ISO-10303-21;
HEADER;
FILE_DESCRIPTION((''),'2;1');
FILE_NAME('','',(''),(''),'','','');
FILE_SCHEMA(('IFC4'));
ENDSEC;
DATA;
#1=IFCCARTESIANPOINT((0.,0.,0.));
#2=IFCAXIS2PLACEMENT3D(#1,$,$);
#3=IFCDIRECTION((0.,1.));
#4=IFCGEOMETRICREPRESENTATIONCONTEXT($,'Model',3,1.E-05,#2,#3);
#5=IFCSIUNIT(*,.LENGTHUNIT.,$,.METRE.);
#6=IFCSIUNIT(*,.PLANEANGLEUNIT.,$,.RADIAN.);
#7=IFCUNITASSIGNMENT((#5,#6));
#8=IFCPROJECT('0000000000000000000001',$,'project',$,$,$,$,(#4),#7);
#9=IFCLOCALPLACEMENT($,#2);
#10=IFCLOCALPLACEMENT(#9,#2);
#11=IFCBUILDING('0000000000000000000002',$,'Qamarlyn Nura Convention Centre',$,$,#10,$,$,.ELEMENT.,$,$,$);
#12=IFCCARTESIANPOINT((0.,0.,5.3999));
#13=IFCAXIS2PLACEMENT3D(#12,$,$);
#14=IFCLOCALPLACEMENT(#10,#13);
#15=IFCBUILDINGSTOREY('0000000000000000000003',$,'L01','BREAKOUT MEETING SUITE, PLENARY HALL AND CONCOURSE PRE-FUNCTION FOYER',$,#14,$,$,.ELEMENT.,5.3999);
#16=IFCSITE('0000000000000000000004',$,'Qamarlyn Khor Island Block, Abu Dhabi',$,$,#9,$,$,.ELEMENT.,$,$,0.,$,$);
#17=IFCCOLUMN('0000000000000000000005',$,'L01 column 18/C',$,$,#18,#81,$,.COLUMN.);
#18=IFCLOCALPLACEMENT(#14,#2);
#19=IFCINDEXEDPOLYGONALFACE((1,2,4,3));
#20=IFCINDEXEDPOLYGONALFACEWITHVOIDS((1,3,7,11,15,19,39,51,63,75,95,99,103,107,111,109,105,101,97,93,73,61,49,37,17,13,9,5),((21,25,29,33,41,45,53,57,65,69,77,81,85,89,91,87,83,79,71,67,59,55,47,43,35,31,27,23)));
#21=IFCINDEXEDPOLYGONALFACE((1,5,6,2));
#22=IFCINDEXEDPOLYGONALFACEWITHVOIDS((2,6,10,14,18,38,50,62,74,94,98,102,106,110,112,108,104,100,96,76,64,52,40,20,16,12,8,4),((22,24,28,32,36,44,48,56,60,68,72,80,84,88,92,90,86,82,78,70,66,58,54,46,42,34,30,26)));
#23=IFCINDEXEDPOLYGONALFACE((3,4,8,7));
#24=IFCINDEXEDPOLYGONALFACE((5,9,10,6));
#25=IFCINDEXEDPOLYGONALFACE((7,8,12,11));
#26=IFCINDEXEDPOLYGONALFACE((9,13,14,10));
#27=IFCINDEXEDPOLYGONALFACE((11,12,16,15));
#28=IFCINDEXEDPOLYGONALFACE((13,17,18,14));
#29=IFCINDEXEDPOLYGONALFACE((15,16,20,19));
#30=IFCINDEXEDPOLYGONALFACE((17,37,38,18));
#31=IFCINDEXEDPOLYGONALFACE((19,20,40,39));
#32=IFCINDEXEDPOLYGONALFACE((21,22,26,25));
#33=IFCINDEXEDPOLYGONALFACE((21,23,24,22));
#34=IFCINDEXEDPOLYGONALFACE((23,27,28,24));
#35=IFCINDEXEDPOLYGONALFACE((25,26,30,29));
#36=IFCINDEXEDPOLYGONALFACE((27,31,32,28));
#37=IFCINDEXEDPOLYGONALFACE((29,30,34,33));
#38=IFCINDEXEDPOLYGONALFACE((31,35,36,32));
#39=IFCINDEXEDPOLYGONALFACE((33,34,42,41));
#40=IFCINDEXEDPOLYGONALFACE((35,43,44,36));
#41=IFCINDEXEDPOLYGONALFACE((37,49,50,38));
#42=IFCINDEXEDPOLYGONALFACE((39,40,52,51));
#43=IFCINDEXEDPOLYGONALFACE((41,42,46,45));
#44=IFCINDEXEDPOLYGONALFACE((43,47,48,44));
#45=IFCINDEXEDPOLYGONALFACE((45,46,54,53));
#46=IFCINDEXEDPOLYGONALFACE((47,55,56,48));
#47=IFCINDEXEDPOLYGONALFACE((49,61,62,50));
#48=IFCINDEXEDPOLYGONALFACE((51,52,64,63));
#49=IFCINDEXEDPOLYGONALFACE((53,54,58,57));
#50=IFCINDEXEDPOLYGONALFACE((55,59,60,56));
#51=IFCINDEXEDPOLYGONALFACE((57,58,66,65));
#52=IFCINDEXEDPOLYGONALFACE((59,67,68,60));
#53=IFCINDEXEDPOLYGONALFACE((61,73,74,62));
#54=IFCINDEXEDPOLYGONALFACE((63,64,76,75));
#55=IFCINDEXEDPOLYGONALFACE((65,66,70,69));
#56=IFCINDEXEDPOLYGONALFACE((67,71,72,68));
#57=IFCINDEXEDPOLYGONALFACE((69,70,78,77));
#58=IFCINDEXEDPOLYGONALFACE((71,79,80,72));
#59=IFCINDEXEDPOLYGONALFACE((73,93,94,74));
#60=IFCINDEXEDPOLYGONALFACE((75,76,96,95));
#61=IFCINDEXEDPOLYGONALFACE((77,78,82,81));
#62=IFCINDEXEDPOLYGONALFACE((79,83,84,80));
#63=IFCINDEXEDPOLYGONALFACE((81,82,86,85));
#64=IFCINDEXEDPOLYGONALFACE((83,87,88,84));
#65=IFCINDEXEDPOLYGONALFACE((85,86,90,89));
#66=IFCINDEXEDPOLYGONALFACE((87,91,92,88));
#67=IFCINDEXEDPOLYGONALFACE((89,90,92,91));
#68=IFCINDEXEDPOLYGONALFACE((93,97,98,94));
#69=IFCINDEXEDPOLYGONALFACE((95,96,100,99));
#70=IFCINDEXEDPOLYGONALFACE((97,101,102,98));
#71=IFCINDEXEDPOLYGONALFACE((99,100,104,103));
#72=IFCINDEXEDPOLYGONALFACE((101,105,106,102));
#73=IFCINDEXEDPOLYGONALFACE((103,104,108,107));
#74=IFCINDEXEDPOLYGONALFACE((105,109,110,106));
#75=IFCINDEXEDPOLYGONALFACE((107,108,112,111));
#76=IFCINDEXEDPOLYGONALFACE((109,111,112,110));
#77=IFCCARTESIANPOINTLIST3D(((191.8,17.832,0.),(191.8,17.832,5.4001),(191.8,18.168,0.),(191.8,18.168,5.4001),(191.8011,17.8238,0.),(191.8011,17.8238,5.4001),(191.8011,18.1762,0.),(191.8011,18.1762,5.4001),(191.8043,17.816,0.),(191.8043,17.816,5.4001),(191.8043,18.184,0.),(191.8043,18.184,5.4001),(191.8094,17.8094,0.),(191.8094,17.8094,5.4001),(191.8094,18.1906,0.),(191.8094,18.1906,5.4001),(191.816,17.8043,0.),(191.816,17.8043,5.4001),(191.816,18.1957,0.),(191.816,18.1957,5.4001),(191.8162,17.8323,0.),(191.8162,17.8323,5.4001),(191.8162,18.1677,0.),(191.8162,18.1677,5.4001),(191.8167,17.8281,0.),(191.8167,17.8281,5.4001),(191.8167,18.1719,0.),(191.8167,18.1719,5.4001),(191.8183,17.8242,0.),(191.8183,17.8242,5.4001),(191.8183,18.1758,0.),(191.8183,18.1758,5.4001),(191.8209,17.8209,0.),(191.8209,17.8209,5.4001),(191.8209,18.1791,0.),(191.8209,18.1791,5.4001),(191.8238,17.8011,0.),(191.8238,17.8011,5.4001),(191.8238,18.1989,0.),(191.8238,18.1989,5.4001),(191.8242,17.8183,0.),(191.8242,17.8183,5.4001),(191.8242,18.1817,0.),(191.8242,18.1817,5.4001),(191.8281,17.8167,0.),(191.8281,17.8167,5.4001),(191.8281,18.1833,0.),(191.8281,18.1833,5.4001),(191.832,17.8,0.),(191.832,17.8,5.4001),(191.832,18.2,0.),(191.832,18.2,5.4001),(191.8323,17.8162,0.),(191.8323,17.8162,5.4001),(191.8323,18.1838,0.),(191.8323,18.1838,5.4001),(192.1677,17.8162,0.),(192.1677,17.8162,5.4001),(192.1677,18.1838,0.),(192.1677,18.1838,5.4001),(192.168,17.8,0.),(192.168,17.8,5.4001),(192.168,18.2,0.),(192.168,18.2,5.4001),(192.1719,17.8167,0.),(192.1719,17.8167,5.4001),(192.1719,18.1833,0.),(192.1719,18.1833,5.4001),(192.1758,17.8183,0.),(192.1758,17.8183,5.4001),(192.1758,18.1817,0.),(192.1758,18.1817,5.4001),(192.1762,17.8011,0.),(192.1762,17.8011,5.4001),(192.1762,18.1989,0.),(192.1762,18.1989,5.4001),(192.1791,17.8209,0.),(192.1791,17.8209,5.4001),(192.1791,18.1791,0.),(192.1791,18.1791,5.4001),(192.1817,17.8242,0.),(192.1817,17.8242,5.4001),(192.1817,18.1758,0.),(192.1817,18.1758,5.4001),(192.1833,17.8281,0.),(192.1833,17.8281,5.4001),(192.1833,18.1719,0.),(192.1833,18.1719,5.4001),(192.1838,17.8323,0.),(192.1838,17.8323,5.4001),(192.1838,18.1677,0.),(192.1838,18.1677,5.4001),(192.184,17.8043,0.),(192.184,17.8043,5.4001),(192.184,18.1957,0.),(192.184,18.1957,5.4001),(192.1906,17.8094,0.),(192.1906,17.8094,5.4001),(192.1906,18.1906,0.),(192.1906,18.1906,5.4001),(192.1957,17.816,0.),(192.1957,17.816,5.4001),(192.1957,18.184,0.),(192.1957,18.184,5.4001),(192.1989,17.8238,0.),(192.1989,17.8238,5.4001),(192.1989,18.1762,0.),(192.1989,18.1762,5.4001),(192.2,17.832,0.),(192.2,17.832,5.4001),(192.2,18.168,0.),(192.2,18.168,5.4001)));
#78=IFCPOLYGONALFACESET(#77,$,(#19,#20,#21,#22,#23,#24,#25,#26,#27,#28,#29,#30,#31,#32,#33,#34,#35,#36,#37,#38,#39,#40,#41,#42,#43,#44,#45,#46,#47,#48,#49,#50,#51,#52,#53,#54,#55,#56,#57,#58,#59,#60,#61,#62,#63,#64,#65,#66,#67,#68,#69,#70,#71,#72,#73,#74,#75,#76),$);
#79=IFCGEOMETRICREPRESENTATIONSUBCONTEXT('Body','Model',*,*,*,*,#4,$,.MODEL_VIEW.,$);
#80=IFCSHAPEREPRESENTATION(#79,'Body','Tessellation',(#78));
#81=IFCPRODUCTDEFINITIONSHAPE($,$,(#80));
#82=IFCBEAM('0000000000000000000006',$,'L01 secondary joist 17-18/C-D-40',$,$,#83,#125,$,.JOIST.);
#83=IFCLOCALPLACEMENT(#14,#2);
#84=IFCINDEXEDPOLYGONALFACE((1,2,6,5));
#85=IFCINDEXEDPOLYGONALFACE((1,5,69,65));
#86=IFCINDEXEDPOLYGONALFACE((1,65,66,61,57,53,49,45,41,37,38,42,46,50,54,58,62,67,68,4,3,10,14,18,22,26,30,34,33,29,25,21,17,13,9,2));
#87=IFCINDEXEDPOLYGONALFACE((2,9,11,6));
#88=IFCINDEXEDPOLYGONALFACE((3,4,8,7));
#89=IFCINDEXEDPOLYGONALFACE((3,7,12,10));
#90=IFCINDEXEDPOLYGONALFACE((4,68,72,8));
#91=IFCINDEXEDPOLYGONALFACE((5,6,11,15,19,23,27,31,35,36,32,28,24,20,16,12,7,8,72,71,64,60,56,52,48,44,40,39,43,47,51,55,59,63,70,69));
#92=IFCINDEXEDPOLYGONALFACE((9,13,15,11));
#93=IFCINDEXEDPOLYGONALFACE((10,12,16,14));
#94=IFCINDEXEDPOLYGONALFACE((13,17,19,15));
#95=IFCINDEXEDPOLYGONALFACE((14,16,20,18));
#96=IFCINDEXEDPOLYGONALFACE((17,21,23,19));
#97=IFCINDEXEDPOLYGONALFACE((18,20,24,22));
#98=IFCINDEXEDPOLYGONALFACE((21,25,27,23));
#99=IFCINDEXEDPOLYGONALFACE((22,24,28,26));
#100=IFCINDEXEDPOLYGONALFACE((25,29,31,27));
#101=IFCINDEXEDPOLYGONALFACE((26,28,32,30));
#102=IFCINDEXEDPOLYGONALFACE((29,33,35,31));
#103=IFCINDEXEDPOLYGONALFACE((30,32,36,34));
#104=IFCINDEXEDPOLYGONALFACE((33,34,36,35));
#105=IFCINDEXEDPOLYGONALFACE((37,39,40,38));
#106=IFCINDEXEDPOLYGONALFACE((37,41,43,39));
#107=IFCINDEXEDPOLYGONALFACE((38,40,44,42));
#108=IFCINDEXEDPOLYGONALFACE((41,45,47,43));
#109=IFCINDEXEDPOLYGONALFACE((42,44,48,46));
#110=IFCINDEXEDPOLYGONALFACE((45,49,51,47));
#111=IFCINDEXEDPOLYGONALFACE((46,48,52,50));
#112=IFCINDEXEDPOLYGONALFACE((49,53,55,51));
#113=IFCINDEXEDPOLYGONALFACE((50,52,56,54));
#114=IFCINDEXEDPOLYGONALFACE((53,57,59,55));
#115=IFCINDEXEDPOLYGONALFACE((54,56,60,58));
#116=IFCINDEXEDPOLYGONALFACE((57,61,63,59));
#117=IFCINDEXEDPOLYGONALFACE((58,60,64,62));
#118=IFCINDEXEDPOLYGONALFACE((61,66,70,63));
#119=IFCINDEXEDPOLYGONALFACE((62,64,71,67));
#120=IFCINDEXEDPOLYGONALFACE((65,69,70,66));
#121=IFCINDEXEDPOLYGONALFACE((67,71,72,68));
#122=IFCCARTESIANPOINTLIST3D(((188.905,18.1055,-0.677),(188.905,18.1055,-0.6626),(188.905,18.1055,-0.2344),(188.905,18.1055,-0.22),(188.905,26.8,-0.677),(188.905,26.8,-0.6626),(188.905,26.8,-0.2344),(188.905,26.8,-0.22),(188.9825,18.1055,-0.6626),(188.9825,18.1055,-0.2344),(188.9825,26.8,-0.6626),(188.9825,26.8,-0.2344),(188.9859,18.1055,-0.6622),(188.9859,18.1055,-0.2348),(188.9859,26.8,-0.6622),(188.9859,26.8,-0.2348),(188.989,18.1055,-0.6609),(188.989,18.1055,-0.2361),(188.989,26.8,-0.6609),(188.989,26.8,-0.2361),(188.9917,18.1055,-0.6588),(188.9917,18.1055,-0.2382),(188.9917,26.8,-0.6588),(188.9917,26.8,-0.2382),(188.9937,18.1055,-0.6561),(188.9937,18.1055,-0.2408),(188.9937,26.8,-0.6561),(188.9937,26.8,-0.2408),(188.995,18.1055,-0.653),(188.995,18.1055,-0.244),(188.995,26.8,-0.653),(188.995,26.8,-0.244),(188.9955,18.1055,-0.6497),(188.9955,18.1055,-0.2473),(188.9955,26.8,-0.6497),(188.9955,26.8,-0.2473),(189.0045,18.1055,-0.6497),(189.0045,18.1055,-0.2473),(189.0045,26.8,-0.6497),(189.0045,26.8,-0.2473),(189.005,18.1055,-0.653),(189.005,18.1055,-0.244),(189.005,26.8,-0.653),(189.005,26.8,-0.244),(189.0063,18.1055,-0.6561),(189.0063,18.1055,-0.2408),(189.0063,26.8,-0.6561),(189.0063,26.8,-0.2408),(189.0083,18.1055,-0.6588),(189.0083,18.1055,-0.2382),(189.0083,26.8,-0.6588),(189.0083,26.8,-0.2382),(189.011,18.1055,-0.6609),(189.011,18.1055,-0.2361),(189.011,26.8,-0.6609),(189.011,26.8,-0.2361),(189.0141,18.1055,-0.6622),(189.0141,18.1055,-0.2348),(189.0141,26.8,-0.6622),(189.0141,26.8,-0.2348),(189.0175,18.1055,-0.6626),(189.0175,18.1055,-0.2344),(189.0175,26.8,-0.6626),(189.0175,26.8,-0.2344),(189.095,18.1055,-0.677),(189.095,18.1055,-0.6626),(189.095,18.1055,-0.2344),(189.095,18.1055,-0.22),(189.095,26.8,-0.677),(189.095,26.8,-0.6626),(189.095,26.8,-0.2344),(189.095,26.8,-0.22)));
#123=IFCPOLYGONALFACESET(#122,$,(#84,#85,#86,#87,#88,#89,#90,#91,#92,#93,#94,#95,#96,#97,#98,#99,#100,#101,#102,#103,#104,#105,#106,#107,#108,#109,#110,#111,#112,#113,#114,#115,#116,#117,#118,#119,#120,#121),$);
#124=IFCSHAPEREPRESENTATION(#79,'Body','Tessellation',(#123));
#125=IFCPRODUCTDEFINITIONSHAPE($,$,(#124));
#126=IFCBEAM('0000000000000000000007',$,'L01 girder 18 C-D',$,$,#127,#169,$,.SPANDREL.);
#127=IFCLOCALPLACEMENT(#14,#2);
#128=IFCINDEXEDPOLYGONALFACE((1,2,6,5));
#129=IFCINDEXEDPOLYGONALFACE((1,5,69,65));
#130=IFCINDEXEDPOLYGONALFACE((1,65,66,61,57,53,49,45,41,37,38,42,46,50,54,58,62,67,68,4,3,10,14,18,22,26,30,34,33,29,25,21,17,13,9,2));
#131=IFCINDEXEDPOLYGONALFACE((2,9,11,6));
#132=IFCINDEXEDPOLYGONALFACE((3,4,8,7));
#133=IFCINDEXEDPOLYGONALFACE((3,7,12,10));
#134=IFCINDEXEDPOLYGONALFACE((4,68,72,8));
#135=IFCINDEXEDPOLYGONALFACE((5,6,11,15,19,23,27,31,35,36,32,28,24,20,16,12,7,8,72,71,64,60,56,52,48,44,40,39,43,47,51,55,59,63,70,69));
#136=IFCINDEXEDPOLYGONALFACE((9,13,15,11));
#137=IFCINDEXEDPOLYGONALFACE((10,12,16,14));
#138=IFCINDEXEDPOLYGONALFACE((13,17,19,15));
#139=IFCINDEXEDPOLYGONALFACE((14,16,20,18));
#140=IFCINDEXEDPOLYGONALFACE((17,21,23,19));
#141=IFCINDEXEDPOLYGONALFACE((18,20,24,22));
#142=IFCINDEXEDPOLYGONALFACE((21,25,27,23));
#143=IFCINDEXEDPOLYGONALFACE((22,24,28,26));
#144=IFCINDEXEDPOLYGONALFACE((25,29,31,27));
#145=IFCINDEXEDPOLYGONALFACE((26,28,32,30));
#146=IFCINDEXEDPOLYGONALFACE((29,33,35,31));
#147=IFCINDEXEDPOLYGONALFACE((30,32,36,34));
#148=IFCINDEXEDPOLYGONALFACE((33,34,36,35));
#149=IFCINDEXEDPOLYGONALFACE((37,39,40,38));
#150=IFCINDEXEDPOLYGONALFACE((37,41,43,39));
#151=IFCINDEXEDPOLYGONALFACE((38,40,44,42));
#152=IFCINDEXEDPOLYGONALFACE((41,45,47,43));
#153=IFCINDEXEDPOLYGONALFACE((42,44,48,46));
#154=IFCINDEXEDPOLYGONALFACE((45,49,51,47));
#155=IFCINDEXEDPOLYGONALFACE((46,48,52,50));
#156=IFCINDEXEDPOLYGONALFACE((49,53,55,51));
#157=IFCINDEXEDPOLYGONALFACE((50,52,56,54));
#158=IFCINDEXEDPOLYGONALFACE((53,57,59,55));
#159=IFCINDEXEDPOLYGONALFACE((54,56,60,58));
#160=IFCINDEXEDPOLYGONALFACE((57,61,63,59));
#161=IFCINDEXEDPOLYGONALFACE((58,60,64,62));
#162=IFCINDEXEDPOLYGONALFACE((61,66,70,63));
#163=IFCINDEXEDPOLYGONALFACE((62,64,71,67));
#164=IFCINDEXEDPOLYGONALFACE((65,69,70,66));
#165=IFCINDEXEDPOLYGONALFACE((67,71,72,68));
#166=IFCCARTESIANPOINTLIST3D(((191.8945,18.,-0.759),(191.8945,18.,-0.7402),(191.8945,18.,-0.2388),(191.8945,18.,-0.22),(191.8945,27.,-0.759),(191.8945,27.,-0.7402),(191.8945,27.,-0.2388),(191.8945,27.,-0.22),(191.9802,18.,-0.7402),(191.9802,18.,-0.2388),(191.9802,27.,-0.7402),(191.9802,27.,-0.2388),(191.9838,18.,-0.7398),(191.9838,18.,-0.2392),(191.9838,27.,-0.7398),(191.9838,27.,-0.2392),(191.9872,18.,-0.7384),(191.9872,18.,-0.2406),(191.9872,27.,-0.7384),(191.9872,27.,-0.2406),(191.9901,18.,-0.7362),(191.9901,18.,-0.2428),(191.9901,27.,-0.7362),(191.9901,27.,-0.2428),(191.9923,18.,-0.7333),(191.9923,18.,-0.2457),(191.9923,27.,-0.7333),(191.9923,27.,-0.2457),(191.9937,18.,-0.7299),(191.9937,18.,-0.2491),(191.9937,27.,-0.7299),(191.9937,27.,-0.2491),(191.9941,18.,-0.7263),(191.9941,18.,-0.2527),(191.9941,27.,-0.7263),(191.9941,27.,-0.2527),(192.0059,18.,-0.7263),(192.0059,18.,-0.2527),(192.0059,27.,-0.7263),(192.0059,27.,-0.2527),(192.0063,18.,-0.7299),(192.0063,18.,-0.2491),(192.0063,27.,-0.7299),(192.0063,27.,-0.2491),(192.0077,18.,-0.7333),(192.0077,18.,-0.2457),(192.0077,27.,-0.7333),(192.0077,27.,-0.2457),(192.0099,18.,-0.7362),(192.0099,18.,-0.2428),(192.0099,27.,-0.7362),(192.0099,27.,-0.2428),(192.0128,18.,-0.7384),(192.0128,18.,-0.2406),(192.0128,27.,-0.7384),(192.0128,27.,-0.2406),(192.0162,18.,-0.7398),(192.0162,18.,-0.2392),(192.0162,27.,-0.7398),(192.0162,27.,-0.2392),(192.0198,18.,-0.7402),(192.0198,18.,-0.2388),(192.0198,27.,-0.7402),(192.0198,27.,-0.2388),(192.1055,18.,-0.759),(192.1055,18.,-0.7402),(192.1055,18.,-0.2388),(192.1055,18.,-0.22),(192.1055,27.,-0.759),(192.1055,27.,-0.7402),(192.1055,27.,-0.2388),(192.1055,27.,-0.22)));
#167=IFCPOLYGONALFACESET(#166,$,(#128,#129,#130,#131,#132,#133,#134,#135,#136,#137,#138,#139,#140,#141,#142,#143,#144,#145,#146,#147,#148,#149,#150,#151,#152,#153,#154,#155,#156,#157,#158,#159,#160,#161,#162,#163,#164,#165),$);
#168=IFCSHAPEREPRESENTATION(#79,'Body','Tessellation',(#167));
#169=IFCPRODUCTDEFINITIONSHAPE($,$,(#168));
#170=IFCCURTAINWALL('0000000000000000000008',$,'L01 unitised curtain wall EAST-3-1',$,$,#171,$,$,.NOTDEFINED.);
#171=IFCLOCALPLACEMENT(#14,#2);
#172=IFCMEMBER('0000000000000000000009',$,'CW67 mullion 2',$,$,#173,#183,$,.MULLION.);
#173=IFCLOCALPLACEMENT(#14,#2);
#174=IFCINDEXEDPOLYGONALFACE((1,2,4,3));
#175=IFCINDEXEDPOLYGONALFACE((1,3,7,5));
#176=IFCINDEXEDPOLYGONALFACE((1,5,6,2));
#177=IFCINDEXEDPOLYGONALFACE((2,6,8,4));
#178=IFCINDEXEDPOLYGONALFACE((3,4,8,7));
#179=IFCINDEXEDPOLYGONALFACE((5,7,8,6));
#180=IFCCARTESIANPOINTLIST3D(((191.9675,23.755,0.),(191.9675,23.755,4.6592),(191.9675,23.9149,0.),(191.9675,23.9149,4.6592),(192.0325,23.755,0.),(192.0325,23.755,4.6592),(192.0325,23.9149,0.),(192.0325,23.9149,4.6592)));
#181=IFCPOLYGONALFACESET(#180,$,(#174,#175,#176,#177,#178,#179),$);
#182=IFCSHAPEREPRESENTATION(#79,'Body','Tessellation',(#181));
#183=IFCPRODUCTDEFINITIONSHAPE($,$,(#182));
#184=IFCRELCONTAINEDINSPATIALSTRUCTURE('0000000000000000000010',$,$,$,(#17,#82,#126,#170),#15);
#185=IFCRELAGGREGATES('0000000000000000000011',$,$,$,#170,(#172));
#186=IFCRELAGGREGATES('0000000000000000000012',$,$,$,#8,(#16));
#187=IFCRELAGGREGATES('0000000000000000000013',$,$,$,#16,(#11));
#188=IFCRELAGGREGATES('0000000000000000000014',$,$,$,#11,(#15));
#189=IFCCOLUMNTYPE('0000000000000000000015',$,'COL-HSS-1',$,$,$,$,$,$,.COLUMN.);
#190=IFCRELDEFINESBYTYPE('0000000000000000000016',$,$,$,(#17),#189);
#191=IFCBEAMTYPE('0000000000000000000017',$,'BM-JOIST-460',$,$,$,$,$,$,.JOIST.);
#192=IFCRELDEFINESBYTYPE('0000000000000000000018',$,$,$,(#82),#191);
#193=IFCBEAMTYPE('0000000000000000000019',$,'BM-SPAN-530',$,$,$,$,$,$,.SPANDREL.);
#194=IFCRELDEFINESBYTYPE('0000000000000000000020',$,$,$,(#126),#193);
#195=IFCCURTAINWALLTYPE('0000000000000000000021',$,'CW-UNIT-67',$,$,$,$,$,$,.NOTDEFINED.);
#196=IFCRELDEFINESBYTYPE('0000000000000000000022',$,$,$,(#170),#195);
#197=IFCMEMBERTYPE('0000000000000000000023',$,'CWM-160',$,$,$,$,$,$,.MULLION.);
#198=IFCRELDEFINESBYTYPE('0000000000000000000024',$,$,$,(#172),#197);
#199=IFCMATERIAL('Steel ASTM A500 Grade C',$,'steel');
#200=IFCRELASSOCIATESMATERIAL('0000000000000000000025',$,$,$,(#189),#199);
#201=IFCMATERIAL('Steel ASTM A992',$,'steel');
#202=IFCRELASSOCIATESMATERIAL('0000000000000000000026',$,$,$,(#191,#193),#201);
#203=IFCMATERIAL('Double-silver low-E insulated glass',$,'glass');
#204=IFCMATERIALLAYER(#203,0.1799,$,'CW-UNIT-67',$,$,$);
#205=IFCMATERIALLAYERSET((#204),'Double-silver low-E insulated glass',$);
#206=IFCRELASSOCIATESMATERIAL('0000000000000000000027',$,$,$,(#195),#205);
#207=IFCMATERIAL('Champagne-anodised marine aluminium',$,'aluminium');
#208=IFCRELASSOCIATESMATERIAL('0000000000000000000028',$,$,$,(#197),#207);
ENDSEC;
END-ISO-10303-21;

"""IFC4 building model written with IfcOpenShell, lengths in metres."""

from ifc_helpers import new_model, si_unit, direction, frame, origin, origin_2d, place, context, subcontext, project, spatial, rectangle, hollow_rectangle, i_section, extrude, material, layer, layer_set, material_profile, profile_set, type_object, element, aggregate, save


model = new_model("IFC4")

# Units and contexts
model_context = context("Model", 3, precision=1e-05, world=origin(), true_north=direction((0.0, 1.0)))
body_context = subcontext(model_context, "Body", "Model", "MODEL_VIEW")
ifc_project = project(units=[si_unit("LENGTHUNIT", "METRE"), si_unit("PLANEANGLEUNIT", "RADIAN")], contexts=[model_context])

# Site, building, storey
site_placement = place(None, origin())
site = spatial("IfcSite", under=ifc_project, at=site_placement, Name="Qamarlyn Khor Island Block, Abu Dhabi", CompositionType="ELEMENT", RefElevation=0.0)
building_placement = place(site_placement, origin())
building = spatial("IfcBuilding", under=site, at=building_placement, Name="Qamarlyn Nura Convention Centre", CompositionType="ELEMENT")
storey_placement = place(building_placement, frame((0.0, 0.0, 5.3999)))
storey = spatial("IfcBuildingStorey", under=building, at=storey_placement, Name="L01", Description="BREAKOUT MEETING SUITE, PLENARY HALL AND CONCOURSE PRE-FUNCTION FOYER", CompositionType="ELEMENT", Elevation=5.3999)

# Column
ifc_material_1 = material(Name="Steel ASTM A500 Grade C", Category="steel")
ifc_material_profile_1 = material_profile(ifc_material_1, hollow_rectangle(XDim=0.3999, YDim=0.3999, WallThickness=0.0161, InnerFilletRadius=0.0161, OuterFilletRadius=0.032, at=origin_2d()), Name="HSS400X400X16")
ifc_profile_set_1 = profile_set([ifc_material_profile_1], Name="Steel ASTM A500 Grade C")
column_type = type_object("IfcColumnType", Name="COL-HSS-1", PredefinedType="COLUMN", material=ifc_profile_set_1)
column_placement = place(storey_placement, frame((192.0, 18.0, 0.0), z_axis=(0.0, 0.0, 1.0), x_axis=(1.0, 0.0, 0.0)))
element("IfcColumn", 1, at=column_placement, inside=storey, type_object=column_type, Name="L01 column 18/C", PredefinedType="COLUMN", context=body_context, shape_type="SweptSolid", body=[
    extrude(hollow_rectangle(XDim=0.3999, YDim=0.3999, WallThickness=0.0161, InnerFilletRadius=0.0161, OuterFilletRadius=0.032, at=origin_2d()), origin(), (0.0, 0.0, 1.0), 5.4001),
])

# Beams
ifc_material_2 = material(Name="Steel ASTM A992", Category="steel")
ifc_material_profile_2 = material_profile(ifc_material_2, i_section(OverallWidth=0.1899, OverallDepth=0.457, WebThickness=0.009, FlangeThickness=0.0144, FilletRadius=0.0129, at=origin_2d()), Name="W460X74")
ifc_profile_set_2 = profile_set([ifc_material_profile_2], Name="Steel ASTM A992")
beam_type_1 = type_object("IfcBeamType", Name="BM-JOIST-460", PredefinedType="JOIST", material=ifc_profile_set_2)
beam_1_placement = place(storey_placement, frame((189.0, 18.1055, -0.4485), z_axis=(0.0, 1.0, 0.0), x_axis=(-1.0, 0.0, 0.0)))
element("IfcBeam", 2, at=beam_1_placement, inside=storey, type_object=beam_type_1, Name="L01 secondary joist 17-18/C-D-40", PredefinedType="JOIST", context=body_context, shape_type="SweptSolid", body=[
    extrude(i_section(OverallWidth=0.1899, OverallDepth=0.457, WebThickness=0.009, FlangeThickness=0.0144, FilletRadius=0.0129, at=origin_2d()), origin(), (0.0, 0.0, 1.0), 8.6946),
])
ifc_material_profile_3 = material_profile(ifc_material_2, i_section(OverallWidth=0.2109, OverallDepth=0.5391, WebThickness=0.0117, FlangeThickness=0.0188, FilletRadius=0.0139, at=origin_2d()), Name="W530X109")
ifc_profile_set_3 = profile_set([ifc_material_profile_3], Name="Steel ASTM A992")
beam_type_2 = type_object("IfcBeamType", Name="BM-SPAN-530", PredefinedType="SPANDREL", material=ifc_profile_set_3)
beam_2_placement = place(storey_placement, frame((192.0, 18.0, -0.4895), z_axis=(0.0, 1.0, 0.0), x_axis=(-1.0, 0.0, 0.0)))
element("IfcBeam", 3, at=beam_2_placement, inside=storey, type_object=beam_type_2, Name="L01 girder 18 C-D", PredefinedType="SPANDREL", context=body_context, shape_type="SweptSolid", body=[
    extrude(i_section(OverallWidth=0.2109, OverallDepth=0.5391, WebThickness=0.0117, FlangeThickness=0.0188, FilletRadius=0.0139, at=origin_2d()), origin(), (0.0, 0.0, 1.0), 9.0),
])

# Curtain wall, member
ifc_material_3 = material(Name="Double-silver low-E insulated glass", Category="glass")
ifc_layer_1 = layer(ifc_material_3, 0.1799, Name="CW-UNIT-67")
ifc_layer_set_1 = layer_set([ifc_layer_1], Name="Double-silver low-E insulated glass")
curtain_wall_type = type_object("IfcCurtainWallType", Name="CW-UNIT-67", PredefinedType="NOTDEFINED", material=ifc_layer_set_1)
curtain_wall_placement = place(storey_placement, origin())
curtain_wall = element("IfcCurtainWall", 4, at=curtain_wall_placement, inside=storey, type_object=curtain_wall_type, Name="L01 unitised curtain wall EAST-3-1", PredefinedType="NOTDEFINED")
ifc_material_4 = material(Name="Champagne-anodised marine aluminium", Category="aluminium")
ifc_material_profile_4 = material_profile(ifc_material_4, rectangle(XDim=0.0649, YDim=0.1599, at=origin_2d()), Name="ALU MULLION 65x160")
ifc_profile_set_4 = profile_set([ifc_material_profile_4], Name="Champagne-anodised marine aluminium")
member_type_1 = type_object("IfcMemberType", Name="CWM-160", PredefinedType="MULLION", material=ifc_profile_set_4)
member_1_placement = place(storey_placement, frame((192.0, 23.835, 0.0), z_axis=(0.0, 0.0, 1.0), x_axis=(1.0, 0.0, 0.0)))
member_1 = element("IfcMember", 5, at=member_1_placement, type_object=member_type_1, Name="CW67 mullion 2", PredefinedType="MULLION", context=body_context, shape_type="SweptSolid", body=[
    extrude(rectangle(XDim=0.0649, YDim=0.1599, at=origin_2d()), origin(), (0.0, 0.0, 1.0), 4.6592),
])
aggregate(curtain_wall, [member_1])

save(model, "model.ifc")
